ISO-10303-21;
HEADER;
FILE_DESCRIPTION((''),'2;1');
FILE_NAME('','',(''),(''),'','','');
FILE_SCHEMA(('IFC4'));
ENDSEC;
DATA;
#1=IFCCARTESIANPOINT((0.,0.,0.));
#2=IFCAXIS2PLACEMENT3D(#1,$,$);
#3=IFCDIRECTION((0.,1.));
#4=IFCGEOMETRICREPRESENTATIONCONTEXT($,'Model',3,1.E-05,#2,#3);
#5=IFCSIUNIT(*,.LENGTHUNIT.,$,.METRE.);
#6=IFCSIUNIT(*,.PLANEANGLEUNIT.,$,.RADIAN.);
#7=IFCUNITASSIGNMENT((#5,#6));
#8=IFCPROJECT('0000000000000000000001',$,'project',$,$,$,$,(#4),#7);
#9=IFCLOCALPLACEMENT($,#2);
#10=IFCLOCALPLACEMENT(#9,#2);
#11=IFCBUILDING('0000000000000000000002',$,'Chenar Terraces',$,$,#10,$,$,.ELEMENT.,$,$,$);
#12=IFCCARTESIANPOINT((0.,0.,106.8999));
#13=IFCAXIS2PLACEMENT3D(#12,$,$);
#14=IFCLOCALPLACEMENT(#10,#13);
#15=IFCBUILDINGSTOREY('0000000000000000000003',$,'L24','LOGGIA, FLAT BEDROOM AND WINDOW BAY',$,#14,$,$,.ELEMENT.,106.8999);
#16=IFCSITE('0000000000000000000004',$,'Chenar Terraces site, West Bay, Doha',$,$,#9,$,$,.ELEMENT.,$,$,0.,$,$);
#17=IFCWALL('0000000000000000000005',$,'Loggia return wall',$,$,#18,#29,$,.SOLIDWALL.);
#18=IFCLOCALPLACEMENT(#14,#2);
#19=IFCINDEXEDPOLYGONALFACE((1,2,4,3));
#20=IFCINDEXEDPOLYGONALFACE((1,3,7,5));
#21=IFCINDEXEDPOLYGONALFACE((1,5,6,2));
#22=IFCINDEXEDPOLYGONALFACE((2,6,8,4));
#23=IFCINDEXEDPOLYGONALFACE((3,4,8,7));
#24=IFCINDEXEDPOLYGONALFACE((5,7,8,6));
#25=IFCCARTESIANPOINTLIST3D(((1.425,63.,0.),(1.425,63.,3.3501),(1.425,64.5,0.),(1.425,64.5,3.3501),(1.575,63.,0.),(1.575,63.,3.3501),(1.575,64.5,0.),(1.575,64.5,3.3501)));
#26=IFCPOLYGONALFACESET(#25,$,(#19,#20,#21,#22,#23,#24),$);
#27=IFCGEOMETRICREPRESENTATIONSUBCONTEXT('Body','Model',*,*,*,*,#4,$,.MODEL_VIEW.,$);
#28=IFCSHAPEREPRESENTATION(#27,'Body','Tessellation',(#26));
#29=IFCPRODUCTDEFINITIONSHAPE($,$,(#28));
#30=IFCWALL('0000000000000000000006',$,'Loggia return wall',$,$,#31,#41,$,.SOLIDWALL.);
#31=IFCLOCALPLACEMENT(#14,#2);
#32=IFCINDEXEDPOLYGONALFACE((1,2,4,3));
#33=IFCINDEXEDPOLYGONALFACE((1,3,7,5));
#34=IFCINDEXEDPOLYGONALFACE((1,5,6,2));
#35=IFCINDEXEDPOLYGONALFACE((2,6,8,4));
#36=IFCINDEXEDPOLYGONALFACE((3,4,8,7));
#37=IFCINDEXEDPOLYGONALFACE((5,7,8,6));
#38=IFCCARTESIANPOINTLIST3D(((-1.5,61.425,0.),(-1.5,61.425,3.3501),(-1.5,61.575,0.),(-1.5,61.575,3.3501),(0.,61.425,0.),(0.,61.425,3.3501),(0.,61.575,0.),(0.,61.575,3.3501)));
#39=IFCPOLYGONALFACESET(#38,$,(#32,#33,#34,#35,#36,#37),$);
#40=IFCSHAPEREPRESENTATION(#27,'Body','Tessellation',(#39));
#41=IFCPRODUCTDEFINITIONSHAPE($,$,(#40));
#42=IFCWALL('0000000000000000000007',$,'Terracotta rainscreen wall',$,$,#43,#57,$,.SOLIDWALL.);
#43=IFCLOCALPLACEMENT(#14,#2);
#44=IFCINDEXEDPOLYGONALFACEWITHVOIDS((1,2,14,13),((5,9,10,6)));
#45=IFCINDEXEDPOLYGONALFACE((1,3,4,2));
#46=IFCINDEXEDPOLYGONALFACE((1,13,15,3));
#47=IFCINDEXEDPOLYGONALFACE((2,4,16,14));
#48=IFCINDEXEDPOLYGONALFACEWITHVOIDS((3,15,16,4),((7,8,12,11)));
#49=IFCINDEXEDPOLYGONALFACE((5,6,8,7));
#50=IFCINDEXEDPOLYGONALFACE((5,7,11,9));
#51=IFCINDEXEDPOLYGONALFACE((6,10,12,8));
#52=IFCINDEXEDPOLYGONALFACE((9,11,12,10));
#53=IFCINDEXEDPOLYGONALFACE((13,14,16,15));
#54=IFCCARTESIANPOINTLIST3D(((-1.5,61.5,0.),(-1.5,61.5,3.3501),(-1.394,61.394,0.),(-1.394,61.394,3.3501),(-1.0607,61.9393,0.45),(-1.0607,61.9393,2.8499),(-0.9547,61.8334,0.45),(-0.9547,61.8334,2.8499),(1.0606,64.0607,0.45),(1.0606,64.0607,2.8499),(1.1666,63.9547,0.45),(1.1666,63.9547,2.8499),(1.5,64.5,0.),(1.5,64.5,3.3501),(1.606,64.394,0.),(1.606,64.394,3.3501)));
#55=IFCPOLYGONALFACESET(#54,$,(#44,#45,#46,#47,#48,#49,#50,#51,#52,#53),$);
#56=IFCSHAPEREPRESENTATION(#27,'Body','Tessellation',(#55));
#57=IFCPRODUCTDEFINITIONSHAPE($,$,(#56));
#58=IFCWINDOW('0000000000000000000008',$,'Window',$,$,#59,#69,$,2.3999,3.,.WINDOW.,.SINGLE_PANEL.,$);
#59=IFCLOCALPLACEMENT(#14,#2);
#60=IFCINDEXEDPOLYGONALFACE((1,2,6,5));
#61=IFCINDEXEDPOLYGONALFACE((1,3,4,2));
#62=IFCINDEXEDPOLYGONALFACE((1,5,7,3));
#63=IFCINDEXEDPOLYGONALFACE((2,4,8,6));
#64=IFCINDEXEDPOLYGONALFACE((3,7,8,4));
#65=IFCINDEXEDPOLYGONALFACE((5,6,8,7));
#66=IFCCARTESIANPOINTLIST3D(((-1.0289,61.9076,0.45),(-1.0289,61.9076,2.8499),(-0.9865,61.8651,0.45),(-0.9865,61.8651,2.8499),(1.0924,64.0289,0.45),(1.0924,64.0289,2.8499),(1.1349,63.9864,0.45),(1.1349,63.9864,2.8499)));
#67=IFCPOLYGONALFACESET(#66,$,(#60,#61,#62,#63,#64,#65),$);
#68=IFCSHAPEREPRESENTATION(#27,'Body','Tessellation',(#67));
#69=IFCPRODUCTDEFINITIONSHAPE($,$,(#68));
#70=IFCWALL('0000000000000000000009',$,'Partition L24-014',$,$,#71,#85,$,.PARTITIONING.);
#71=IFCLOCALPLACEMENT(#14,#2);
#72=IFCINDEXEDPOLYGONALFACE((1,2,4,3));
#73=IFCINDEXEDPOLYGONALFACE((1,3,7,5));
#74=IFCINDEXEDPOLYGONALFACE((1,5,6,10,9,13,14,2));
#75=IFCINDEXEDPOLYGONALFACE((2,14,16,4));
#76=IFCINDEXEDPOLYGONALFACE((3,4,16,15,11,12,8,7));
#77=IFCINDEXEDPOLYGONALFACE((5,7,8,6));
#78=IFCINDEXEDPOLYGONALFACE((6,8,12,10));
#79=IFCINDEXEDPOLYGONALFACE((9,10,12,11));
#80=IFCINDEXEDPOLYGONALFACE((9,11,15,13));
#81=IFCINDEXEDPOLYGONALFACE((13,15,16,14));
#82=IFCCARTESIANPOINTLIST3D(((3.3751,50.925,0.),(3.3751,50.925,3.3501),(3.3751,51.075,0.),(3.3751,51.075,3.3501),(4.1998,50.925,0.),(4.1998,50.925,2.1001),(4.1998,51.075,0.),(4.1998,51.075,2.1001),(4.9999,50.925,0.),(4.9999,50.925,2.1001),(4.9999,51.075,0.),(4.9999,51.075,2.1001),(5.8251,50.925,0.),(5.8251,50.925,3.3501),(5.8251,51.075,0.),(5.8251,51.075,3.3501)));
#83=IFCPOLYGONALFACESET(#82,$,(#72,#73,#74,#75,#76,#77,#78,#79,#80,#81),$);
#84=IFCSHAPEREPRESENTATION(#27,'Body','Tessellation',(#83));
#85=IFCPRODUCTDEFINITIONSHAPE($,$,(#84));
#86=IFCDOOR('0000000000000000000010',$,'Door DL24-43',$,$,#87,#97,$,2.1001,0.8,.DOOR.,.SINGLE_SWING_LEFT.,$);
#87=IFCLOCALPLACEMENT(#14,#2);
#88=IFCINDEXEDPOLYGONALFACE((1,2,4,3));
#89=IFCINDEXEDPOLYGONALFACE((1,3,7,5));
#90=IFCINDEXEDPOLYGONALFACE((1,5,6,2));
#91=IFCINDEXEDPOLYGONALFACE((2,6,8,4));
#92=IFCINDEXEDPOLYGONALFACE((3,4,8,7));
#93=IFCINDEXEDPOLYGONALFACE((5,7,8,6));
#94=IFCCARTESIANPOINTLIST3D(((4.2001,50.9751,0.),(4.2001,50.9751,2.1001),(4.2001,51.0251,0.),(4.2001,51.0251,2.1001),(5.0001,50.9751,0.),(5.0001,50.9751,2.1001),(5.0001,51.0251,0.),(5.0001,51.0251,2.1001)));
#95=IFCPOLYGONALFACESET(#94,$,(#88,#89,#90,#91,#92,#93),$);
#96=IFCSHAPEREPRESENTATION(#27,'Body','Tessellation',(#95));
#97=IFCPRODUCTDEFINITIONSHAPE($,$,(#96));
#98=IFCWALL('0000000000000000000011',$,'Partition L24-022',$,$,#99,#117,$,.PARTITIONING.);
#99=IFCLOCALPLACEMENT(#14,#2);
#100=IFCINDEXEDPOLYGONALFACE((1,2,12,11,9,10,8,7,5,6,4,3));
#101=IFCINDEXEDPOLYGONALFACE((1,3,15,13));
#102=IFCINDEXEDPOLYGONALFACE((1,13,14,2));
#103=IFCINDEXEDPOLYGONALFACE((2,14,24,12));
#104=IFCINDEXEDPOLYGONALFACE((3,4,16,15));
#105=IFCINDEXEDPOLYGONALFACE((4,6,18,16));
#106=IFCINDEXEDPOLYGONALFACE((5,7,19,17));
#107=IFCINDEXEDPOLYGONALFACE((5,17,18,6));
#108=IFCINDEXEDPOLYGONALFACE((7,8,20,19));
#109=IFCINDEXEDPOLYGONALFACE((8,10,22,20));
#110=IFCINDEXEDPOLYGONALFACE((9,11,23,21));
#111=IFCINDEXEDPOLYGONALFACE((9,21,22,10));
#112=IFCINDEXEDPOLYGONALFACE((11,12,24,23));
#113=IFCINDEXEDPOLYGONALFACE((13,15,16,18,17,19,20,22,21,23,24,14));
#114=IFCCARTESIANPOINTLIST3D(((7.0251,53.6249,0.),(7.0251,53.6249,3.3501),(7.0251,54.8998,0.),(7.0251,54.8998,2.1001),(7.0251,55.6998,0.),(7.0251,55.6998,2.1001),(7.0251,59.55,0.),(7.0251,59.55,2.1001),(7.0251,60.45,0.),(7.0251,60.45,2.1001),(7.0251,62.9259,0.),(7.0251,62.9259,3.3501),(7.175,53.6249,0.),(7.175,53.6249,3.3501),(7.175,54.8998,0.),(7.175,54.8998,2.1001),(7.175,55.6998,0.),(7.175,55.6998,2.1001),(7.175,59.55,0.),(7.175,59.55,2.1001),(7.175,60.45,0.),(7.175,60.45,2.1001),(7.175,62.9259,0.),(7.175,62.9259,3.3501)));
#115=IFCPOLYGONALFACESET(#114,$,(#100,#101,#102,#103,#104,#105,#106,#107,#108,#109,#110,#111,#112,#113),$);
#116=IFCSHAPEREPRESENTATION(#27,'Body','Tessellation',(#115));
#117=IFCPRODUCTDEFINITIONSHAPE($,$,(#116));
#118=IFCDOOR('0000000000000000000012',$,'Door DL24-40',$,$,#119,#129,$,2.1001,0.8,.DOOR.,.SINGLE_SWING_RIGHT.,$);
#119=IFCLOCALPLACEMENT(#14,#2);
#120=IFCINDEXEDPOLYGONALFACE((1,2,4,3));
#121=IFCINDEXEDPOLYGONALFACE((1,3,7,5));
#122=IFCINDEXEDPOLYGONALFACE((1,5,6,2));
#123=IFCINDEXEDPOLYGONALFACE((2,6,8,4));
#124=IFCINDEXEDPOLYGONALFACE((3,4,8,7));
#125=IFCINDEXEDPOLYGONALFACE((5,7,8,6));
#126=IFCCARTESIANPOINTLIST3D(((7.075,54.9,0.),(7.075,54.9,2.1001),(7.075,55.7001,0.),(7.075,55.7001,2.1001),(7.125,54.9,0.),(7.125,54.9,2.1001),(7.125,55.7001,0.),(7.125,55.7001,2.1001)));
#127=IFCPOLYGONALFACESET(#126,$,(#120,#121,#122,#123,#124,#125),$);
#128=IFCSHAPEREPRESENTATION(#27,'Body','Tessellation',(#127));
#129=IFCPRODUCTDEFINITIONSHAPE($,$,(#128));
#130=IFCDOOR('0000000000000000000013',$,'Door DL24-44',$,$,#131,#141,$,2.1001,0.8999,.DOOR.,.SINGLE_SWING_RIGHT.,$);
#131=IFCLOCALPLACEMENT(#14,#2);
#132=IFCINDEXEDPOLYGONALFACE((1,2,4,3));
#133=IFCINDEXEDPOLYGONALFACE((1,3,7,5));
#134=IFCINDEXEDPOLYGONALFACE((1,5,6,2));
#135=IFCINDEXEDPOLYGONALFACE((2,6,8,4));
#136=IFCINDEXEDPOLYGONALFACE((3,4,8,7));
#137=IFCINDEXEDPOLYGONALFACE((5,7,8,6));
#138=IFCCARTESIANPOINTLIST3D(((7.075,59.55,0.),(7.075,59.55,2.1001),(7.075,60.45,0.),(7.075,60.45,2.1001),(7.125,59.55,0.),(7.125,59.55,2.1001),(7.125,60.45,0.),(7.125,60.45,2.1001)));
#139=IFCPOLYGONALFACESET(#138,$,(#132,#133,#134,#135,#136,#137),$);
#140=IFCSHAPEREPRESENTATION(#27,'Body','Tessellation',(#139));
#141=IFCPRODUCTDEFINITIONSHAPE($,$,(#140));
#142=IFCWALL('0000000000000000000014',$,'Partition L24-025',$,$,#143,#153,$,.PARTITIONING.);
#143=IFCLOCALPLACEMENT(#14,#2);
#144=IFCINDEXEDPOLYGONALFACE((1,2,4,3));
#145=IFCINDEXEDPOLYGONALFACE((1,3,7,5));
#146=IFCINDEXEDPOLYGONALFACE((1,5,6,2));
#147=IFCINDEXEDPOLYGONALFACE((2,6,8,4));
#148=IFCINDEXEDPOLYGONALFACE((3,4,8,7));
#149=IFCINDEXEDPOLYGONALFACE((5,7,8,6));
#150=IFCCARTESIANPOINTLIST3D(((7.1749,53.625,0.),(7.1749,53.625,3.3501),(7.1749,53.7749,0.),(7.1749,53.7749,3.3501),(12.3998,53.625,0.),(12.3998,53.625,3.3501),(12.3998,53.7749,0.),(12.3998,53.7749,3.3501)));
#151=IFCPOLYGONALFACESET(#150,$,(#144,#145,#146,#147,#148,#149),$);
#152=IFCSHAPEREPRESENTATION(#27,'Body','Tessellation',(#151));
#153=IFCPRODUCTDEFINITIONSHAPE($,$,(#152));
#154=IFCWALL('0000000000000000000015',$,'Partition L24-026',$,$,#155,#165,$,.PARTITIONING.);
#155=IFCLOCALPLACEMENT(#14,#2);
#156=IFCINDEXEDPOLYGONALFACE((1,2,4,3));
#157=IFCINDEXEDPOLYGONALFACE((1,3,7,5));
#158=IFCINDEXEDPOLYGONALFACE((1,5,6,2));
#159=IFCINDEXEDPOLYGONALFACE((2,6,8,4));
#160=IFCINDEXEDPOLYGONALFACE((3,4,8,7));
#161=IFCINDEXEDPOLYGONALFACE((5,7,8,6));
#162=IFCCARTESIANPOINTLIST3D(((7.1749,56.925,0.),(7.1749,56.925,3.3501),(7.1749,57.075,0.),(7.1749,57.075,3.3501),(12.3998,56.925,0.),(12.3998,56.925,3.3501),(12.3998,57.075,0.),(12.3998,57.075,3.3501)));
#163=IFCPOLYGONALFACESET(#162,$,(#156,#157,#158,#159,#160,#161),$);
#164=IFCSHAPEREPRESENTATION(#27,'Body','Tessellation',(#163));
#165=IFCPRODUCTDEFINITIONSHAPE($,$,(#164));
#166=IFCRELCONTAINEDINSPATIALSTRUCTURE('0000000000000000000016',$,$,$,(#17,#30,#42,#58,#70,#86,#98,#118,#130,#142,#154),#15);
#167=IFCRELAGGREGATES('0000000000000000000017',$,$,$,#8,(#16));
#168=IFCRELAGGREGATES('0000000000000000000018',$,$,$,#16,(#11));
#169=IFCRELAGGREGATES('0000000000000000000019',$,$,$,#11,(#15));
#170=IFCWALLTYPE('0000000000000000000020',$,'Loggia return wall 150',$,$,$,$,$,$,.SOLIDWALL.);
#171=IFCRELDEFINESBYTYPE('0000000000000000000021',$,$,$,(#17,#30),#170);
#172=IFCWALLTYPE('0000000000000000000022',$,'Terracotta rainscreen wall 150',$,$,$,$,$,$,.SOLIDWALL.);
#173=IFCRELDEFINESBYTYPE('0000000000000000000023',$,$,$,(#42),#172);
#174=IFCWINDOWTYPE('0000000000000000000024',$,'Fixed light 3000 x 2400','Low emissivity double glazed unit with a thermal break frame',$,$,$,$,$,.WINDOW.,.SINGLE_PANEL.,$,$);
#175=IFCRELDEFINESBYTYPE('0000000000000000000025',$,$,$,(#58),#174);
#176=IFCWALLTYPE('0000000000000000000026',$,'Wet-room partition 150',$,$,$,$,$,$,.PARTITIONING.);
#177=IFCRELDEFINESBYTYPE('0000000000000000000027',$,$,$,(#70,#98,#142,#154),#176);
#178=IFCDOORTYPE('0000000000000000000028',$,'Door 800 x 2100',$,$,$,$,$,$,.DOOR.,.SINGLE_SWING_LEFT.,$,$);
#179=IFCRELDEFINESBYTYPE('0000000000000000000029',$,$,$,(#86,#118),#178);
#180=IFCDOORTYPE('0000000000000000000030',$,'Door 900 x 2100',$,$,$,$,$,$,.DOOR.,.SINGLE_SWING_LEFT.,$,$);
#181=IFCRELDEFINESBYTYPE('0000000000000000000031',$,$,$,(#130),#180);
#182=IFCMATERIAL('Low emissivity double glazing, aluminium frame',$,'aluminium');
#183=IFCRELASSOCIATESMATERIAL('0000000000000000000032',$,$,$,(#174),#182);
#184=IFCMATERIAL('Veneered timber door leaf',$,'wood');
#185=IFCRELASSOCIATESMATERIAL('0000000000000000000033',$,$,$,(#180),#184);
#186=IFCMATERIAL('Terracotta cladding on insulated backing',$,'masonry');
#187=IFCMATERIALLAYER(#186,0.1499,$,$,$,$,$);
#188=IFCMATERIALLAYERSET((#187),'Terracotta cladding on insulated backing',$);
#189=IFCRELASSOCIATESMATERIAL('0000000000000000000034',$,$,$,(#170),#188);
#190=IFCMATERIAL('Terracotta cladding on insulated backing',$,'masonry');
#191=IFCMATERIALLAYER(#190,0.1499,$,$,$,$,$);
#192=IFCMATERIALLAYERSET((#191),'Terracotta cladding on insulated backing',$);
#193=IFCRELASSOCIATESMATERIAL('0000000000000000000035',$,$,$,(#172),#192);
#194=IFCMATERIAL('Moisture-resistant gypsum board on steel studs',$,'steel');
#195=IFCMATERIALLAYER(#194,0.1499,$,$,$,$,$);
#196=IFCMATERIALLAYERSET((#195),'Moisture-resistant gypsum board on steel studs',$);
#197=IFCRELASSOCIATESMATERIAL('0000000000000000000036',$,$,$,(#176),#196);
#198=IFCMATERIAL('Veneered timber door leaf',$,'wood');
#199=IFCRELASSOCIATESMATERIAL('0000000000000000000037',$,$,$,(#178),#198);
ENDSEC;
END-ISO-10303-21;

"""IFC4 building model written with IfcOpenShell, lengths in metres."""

from ifc_helpers import new_model, si_unit, direction, frame, frame_2d, origin, place, context, subcontext, project, spatial, rectangle, extrude, material, layer, layer_set, type_object, element, fill, save


model = new_model("IFC4")

# Units and contexts
model_context = context("Model", 3, precision=1e-05, world=origin(), true_north=direction((0.0, 1.0)))
body_context = subcontext(model_context, "Body", "Model", "MODEL_VIEW")
ifc_project = project(units=[si_unit("LENGTHUNIT", "METRE"), si_unit("PLANEANGLEUNIT", "RADIAN")], contexts=[model_context])

# Site, building, storey
site_placement = place(None, origin())
site = spatial("IfcSite", under=ifc_project, at=site_placement, Name="Chenar Terraces site, West Bay, Doha", CompositionType="ELEMENT", RefElevation=0.0)
building_placement = place(site_placement, origin())
building = spatial("IfcBuilding", under=site, at=building_placement, Name="Chenar Terraces", CompositionType="ELEMENT")
storey_placement = place(building_placement, frame((0.0, 0.0, 106.8999)))
storey = spatial("IfcBuildingStorey", under=building, at=storey_placement, Name="L24", Description="LOGGIA, FLAT BEDROOM AND WINDOW BAY", CompositionType="ELEMENT", Elevation=106.8999)

# Shared definitions
ifc_material_1 = material(Name="Low emissivity double glazing, aluminium frame", Category="aluminium")
window_type_1 = type_object("IfcWindowType", Name="Fixed light 3000 x 2400", Description="Low emissivity double glazed unit with a thermal break frame", PartitioningType="SINGLE_PANEL", PredefinedType="WINDOW", material=ifc_material_1)

# Shared definitions
ifc_material_2 = material(Name="Veneered timber door leaf", Category="wood")
door_type_1 = type_object("IfcDoorType", Name="Door 900 x 2100", OperationType="SINGLE_SWING_LEFT", PredefinedType="DOOR", material=ifc_material_2)

# Walls
ifc_material_3 = material(Name="Terracotta cladding on insulated backing", Category="masonry")
ifc_layer_1 = layer(ifc_material_3, 0.1499)
ifc_layer_set_1 = layer_set([ifc_layer_1], Name="Terracotta cladding on insulated backing")
wall_type_1 = type_object("IfcWallType", Name="Loggia return wall 150", PredefinedType="SOLIDWALL", material=ifc_layer_set_1)
for number, where, z_axis, x_axis, name in (
    (1, (1.5, 64.5, 0.0), (0.0, 0.0, 1.0), (0.0, -1.0, 0.0), "Loggia return wall"),
    (2, (-1.5, 61.5, 0.0), (0.0, 0.0, 1.0), (1.0, 0.0, 0.0), "Loggia return wall"),
):
    element("IfcWall", number, at=place(storey_placement, frame(where, z_axis=z_axis, x_axis=x_axis)), inside=storey, type_object=wall_type_1, Name=name, PredefinedType="SOLIDWALL", context=body_context, shape_type="SweptSolid", body=[
        extrude(rectangle(XDim=1.5, YDim=0.1499, at=frame_2d((0.75, 0.0))), origin(), (0.0, 0.0, 1.0), 3.3501),
    ])

# Wall, opening, window
ifc_material_4 = material(Name="Terracotta cladding on insulated backing", Category="masonry")
ifc_layer_2 = layer(ifc_material_4, 0.1499)
ifc_layer_set_2 = layer_set([ifc_layer_2], Name="Terracotta cladding on insulated backing")
wall_type_2 = type_object("IfcWallType", Name="Terracotta rainscreen wall 150", PredefinedType="SOLIDWALL", material=ifc_layer_set_2)
wall_1_placement = place(storey_placement, frame((1.553, 64.447, 0.0), z_axis=(0.0, 0.0, 1.0), x_axis=(-0.707107, -0.707107, 0.0)))
wall_1 = element("IfcWall", 3, at=wall_1_placement, inside=storey, type_object=wall_type_2, Name="Terracotta rainscreen wall", PredefinedType="SOLIDWALL", context=body_context, shape_type="SweptSolid", body=[
    extrude(rectangle(XDim=4.2427, YDim=0.1499, at=frame_2d((2.1213, 0.0))), origin(), (0.0, 0.0, 1.0), 3.3501),
])
opening_1_placement = place(wall_1_placement, frame((0.6213, 0.0, 0.45)))
opening_1 = element("IfcOpeningElement", 4, at=opening_1_placement, cuts=wall_1, PredefinedType="OPENING", context=body_context, shape_type="SweptSolid", body=[
    extrude(rectangle(XDim=3.0, YDim=2.3999, at=frame_2d((1.5, 1.2))), frame((0.0, 0.085, 0.0), z_axis=(0.0, -1.0, 0.0), x_axis=(1.0, 0.0, 0.0)), (0.0, 0.0, 1.0), 0.1699),
])
window_1_placement = place(opening_1_placement, origin())
window_1 = element("IfcWindow", 5, at=window_1_placement, inside=storey, type_object=window_type_1, Name="Window", OverallHeight=2.3999, OverallWidth=3.0, PartitioningType="SINGLE_PANEL", PredefinedType="WINDOW", context=body_context, shape_type="SweptSolid", body=[
    extrude(rectangle(XDim=3.0, YDim=2.3999, at=frame_2d((1.5, 1.2))), frame((0.0, 0.03, 0.0), z_axis=(0.0, -1.0, 0.0), x_axis=(1.0, 0.0, 0.0)), (0.0, 0.0, 1.0), 0.0601),
])
fill(opening_1, window_1)

# Wall, opening, door
ifc_material_5 = material(Name="Moisture-resistant gypsum board on steel studs", Category="steel")
ifc_layer_3 = layer(ifc_material_5, 0.1499)
ifc_layer_set_3 = layer_set([ifc_layer_3], Name="Moisture-resistant gypsum board on steel studs")
wall_type_3 = type_object("IfcWallType", Name="Wet-room partition 150", PredefinedType="PARTITIONING", material=ifc_layer_set_3)
wall_2_placement = place(storey_placement, frame((3.375, 51.0, 0.0), z_axis=(0.0, 0.0, 1.0), x_axis=(1.0, 0.0, 0.0)))
wall_2 = element("IfcWall", 6, at=wall_2_placement, inside=storey, type_object=wall_type_3, Name="Partition L24-014", PredefinedType="PARTITIONING", context=body_context, shape_type="SweptSolid", body=[
    extrude(rectangle(XDim=2.45, YDim=0.1499, at=frame_2d((1.2251, 0.0))), origin(), (0.0, 0.0, 1.0), 3.3501),
])
opening_2_placement = place(wall_2_placement, frame((0.825, 0.0, 0.0)))
opening_2 = element("IfcOpeningElement", 7, at=opening_2_placement, cuts=wall_2, PredefinedType="OPENING", context=body_context, shape_type="SweptSolid", body=[
    extrude(rectangle(XDim=0.8, YDim=2.1001, at=frame_2d((0.3999, 1.05))), frame((0.0, 0.085, 0.0), z_axis=(0.0, -1.0, 0.0), x_axis=(1.0, 0.0, 0.0)), (0.0, 0.0, 1.0), 0.1699),
])
ifc_material_6 = material(Name="Veneered timber door leaf", Category="wood")
door_type_2 = type_object("IfcDoorType", Name="Door 800 x 2100", OperationType="SINGLE_SWING_LEFT", PredefinedType="DOOR", material=ifc_material_6)
door_1_placement = place(opening_2_placement, frame((0.8, 0.0, 0.0), z_axis=(0.0, 0.0, 1.0), x_axis=(-1.0, 0.0, 0.0)))
door_1 = element("IfcDoor", 8, at=door_1_placement, inside=storey, type_object=door_type_2, Name="Door DL24-43", OperationType="SINGLE_SWING_LEFT", OverallHeight=2.1001, OverallWidth=0.8, PredefinedType="DOOR", context=body_context, shape_type="SweptSolid", body=[
    extrude(rectangle(XDim=0.8, YDim=2.1001, at=frame_2d((0.3999, 1.05))), frame((0.0, 0.0249, 0.0), z_axis=(0.0, -1.0, 0.0), x_axis=(1.0, 0.0, 0.0)), (0.0, 0.0, 1.0), 0.05),
])
fill(opening_2, door_1)

# Wall, openings, doors
wall_3_placement = place(storey_placement, frame((7.1001, 53.625, 0.0), z_axis=(0.0, 0.0, 1.0), x_axis=(0.0, 1.0, 0.0)))
wall_3 = element("IfcWall", 9, at=wall_3_placement, inside=storey, type_object=wall_type_3, Name="Partition L24-022", PredefinedType="PARTITIONING", context=body_context, shape_type="SweptSolid", body=[
    extrude(rectangle(XDim=9.301, YDim=0.1499, at=frame_2d((4.6504, 0.0))), origin(), (0.0, 0.0, 1.0), 3.3501),
])
opening_3_placement = place(wall_3_placement, frame((1.2749, 0.0, 0.0)))
opening_3 = element("IfcOpeningElement", 10, at=opening_3_placement, cuts=wall_3, PredefinedType="OPENING", context=body_context, shape_type="SweptSolid", body=[
    extrude(rectangle(XDim=0.8, YDim=2.1001, at=frame_2d((0.3999, 1.05))), frame((0.0, 0.085, 0.0), z_axis=(0.0, -1.0, 0.0), x_axis=(1.0, 0.0, 0.0)), (0.0, 0.0, 1.0), 0.1699),
])
opening_4_placement = place(wall_3_placement, frame((5.925, 0.0, 0.0)))
opening_4 = element("IfcOpeningElement", 11, at=opening_4_placement, cuts=wall_3, PredefinedType="OPENING", context=body_context, shape_type="SweptSolid", body=[
    extrude(rectangle(XDim=0.8999, YDim=2.1001, at=frame_2d((0.45, 1.05))), frame((0.0, 0.085, 0.0), z_axis=(0.0, -1.0, 0.0), x_axis=(1.0, 0.0, 0.0)), (0.0, 0.0, 1.0), 0.1699),
])
door_2_placement = place(opening_3_placement, frame((0.8, 0.0, 0.0), z_axis=(0.0, 0.0, 1.0), x_axis=(-1.0, 0.0, 0.0)))
door_2 = element("IfcDoor", 12, at=door_2_placement, inside=storey, type_object=door_type_2, Name="Door DL24-40", OperationType="SINGLE_SWING_RIGHT", OverallHeight=2.1001, OverallWidth=0.8, PredefinedType="DOOR", context=body_context, shape_type="SweptSolid", body=[
    extrude(rectangle(XDim=0.8, YDim=2.1001, at=frame_2d((0.3999, 1.05))), frame((0.0, 0.0249, 0.0), z_axis=(0.0, -1.0, 0.0), x_axis=(1.0, 0.0, 0.0)), (0.0, 0.0, 1.0), 0.05),
])
fill(opening_3, door_2)
door_3_placement = place(opening_4_placement, frame((0.8999, 0.0, 0.0), z_axis=(0.0, 0.0, 1.0), x_axis=(-1.0, 0.0, 0.0)))
door_3 = element("IfcDoor", 13, at=door_3_placement, inside=storey, type_object=door_type_1, Name="Door DL24-44", OperationType="SINGLE_SWING_RIGHT", OverallHeight=2.1001, OverallWidth=0.8999, PredefinedType="DOOR", context=body_context, shape_type="SweptSolid", body=[
    extrude(rectangle(XDim=0.8999, YDim=2.1001, at=frame_2d((0.45, 1.05))), frame((0.0, 0.0249, 0.0), z_axis=(0.0, -1.0, 0.0), x_axis=(1.0, 0.0, 0.0)), (0.0, 0.0, 1.0), 0.05),
])
fill(opening_4, door_3)

# Walls
for number, where, z_axis, x_axis, name in (
    (14, (7.175, 53.7, 0.0), (0.0, 0.0, 1.0), (1.0, 0.0, 0.0), "Partition L24-025"),
    (15, (7.175, 57.0, 0.0), (0.0, 0.0, 1.0), (1.0, 0.0, 0.0), "Partition L24-026"),
):
    element("IfcWall", number, at=place(storey_placement, frame(where, z_axis=z_axis, x_axis=x_axis)), inside=storey, type_object=wall_type_3, Name=name, PredefinedType="PARTITIONING", context=body_context, shape_type="SweptSolid", body=[
        extrude(rectangle(XDim=5.2249, YDim=0.1499, at=frame_2d((2.6123, 0.0))), origin(), (0.0, 0.0, 1.0), 3.3501),
    ])

save(model, "model.ifc")
